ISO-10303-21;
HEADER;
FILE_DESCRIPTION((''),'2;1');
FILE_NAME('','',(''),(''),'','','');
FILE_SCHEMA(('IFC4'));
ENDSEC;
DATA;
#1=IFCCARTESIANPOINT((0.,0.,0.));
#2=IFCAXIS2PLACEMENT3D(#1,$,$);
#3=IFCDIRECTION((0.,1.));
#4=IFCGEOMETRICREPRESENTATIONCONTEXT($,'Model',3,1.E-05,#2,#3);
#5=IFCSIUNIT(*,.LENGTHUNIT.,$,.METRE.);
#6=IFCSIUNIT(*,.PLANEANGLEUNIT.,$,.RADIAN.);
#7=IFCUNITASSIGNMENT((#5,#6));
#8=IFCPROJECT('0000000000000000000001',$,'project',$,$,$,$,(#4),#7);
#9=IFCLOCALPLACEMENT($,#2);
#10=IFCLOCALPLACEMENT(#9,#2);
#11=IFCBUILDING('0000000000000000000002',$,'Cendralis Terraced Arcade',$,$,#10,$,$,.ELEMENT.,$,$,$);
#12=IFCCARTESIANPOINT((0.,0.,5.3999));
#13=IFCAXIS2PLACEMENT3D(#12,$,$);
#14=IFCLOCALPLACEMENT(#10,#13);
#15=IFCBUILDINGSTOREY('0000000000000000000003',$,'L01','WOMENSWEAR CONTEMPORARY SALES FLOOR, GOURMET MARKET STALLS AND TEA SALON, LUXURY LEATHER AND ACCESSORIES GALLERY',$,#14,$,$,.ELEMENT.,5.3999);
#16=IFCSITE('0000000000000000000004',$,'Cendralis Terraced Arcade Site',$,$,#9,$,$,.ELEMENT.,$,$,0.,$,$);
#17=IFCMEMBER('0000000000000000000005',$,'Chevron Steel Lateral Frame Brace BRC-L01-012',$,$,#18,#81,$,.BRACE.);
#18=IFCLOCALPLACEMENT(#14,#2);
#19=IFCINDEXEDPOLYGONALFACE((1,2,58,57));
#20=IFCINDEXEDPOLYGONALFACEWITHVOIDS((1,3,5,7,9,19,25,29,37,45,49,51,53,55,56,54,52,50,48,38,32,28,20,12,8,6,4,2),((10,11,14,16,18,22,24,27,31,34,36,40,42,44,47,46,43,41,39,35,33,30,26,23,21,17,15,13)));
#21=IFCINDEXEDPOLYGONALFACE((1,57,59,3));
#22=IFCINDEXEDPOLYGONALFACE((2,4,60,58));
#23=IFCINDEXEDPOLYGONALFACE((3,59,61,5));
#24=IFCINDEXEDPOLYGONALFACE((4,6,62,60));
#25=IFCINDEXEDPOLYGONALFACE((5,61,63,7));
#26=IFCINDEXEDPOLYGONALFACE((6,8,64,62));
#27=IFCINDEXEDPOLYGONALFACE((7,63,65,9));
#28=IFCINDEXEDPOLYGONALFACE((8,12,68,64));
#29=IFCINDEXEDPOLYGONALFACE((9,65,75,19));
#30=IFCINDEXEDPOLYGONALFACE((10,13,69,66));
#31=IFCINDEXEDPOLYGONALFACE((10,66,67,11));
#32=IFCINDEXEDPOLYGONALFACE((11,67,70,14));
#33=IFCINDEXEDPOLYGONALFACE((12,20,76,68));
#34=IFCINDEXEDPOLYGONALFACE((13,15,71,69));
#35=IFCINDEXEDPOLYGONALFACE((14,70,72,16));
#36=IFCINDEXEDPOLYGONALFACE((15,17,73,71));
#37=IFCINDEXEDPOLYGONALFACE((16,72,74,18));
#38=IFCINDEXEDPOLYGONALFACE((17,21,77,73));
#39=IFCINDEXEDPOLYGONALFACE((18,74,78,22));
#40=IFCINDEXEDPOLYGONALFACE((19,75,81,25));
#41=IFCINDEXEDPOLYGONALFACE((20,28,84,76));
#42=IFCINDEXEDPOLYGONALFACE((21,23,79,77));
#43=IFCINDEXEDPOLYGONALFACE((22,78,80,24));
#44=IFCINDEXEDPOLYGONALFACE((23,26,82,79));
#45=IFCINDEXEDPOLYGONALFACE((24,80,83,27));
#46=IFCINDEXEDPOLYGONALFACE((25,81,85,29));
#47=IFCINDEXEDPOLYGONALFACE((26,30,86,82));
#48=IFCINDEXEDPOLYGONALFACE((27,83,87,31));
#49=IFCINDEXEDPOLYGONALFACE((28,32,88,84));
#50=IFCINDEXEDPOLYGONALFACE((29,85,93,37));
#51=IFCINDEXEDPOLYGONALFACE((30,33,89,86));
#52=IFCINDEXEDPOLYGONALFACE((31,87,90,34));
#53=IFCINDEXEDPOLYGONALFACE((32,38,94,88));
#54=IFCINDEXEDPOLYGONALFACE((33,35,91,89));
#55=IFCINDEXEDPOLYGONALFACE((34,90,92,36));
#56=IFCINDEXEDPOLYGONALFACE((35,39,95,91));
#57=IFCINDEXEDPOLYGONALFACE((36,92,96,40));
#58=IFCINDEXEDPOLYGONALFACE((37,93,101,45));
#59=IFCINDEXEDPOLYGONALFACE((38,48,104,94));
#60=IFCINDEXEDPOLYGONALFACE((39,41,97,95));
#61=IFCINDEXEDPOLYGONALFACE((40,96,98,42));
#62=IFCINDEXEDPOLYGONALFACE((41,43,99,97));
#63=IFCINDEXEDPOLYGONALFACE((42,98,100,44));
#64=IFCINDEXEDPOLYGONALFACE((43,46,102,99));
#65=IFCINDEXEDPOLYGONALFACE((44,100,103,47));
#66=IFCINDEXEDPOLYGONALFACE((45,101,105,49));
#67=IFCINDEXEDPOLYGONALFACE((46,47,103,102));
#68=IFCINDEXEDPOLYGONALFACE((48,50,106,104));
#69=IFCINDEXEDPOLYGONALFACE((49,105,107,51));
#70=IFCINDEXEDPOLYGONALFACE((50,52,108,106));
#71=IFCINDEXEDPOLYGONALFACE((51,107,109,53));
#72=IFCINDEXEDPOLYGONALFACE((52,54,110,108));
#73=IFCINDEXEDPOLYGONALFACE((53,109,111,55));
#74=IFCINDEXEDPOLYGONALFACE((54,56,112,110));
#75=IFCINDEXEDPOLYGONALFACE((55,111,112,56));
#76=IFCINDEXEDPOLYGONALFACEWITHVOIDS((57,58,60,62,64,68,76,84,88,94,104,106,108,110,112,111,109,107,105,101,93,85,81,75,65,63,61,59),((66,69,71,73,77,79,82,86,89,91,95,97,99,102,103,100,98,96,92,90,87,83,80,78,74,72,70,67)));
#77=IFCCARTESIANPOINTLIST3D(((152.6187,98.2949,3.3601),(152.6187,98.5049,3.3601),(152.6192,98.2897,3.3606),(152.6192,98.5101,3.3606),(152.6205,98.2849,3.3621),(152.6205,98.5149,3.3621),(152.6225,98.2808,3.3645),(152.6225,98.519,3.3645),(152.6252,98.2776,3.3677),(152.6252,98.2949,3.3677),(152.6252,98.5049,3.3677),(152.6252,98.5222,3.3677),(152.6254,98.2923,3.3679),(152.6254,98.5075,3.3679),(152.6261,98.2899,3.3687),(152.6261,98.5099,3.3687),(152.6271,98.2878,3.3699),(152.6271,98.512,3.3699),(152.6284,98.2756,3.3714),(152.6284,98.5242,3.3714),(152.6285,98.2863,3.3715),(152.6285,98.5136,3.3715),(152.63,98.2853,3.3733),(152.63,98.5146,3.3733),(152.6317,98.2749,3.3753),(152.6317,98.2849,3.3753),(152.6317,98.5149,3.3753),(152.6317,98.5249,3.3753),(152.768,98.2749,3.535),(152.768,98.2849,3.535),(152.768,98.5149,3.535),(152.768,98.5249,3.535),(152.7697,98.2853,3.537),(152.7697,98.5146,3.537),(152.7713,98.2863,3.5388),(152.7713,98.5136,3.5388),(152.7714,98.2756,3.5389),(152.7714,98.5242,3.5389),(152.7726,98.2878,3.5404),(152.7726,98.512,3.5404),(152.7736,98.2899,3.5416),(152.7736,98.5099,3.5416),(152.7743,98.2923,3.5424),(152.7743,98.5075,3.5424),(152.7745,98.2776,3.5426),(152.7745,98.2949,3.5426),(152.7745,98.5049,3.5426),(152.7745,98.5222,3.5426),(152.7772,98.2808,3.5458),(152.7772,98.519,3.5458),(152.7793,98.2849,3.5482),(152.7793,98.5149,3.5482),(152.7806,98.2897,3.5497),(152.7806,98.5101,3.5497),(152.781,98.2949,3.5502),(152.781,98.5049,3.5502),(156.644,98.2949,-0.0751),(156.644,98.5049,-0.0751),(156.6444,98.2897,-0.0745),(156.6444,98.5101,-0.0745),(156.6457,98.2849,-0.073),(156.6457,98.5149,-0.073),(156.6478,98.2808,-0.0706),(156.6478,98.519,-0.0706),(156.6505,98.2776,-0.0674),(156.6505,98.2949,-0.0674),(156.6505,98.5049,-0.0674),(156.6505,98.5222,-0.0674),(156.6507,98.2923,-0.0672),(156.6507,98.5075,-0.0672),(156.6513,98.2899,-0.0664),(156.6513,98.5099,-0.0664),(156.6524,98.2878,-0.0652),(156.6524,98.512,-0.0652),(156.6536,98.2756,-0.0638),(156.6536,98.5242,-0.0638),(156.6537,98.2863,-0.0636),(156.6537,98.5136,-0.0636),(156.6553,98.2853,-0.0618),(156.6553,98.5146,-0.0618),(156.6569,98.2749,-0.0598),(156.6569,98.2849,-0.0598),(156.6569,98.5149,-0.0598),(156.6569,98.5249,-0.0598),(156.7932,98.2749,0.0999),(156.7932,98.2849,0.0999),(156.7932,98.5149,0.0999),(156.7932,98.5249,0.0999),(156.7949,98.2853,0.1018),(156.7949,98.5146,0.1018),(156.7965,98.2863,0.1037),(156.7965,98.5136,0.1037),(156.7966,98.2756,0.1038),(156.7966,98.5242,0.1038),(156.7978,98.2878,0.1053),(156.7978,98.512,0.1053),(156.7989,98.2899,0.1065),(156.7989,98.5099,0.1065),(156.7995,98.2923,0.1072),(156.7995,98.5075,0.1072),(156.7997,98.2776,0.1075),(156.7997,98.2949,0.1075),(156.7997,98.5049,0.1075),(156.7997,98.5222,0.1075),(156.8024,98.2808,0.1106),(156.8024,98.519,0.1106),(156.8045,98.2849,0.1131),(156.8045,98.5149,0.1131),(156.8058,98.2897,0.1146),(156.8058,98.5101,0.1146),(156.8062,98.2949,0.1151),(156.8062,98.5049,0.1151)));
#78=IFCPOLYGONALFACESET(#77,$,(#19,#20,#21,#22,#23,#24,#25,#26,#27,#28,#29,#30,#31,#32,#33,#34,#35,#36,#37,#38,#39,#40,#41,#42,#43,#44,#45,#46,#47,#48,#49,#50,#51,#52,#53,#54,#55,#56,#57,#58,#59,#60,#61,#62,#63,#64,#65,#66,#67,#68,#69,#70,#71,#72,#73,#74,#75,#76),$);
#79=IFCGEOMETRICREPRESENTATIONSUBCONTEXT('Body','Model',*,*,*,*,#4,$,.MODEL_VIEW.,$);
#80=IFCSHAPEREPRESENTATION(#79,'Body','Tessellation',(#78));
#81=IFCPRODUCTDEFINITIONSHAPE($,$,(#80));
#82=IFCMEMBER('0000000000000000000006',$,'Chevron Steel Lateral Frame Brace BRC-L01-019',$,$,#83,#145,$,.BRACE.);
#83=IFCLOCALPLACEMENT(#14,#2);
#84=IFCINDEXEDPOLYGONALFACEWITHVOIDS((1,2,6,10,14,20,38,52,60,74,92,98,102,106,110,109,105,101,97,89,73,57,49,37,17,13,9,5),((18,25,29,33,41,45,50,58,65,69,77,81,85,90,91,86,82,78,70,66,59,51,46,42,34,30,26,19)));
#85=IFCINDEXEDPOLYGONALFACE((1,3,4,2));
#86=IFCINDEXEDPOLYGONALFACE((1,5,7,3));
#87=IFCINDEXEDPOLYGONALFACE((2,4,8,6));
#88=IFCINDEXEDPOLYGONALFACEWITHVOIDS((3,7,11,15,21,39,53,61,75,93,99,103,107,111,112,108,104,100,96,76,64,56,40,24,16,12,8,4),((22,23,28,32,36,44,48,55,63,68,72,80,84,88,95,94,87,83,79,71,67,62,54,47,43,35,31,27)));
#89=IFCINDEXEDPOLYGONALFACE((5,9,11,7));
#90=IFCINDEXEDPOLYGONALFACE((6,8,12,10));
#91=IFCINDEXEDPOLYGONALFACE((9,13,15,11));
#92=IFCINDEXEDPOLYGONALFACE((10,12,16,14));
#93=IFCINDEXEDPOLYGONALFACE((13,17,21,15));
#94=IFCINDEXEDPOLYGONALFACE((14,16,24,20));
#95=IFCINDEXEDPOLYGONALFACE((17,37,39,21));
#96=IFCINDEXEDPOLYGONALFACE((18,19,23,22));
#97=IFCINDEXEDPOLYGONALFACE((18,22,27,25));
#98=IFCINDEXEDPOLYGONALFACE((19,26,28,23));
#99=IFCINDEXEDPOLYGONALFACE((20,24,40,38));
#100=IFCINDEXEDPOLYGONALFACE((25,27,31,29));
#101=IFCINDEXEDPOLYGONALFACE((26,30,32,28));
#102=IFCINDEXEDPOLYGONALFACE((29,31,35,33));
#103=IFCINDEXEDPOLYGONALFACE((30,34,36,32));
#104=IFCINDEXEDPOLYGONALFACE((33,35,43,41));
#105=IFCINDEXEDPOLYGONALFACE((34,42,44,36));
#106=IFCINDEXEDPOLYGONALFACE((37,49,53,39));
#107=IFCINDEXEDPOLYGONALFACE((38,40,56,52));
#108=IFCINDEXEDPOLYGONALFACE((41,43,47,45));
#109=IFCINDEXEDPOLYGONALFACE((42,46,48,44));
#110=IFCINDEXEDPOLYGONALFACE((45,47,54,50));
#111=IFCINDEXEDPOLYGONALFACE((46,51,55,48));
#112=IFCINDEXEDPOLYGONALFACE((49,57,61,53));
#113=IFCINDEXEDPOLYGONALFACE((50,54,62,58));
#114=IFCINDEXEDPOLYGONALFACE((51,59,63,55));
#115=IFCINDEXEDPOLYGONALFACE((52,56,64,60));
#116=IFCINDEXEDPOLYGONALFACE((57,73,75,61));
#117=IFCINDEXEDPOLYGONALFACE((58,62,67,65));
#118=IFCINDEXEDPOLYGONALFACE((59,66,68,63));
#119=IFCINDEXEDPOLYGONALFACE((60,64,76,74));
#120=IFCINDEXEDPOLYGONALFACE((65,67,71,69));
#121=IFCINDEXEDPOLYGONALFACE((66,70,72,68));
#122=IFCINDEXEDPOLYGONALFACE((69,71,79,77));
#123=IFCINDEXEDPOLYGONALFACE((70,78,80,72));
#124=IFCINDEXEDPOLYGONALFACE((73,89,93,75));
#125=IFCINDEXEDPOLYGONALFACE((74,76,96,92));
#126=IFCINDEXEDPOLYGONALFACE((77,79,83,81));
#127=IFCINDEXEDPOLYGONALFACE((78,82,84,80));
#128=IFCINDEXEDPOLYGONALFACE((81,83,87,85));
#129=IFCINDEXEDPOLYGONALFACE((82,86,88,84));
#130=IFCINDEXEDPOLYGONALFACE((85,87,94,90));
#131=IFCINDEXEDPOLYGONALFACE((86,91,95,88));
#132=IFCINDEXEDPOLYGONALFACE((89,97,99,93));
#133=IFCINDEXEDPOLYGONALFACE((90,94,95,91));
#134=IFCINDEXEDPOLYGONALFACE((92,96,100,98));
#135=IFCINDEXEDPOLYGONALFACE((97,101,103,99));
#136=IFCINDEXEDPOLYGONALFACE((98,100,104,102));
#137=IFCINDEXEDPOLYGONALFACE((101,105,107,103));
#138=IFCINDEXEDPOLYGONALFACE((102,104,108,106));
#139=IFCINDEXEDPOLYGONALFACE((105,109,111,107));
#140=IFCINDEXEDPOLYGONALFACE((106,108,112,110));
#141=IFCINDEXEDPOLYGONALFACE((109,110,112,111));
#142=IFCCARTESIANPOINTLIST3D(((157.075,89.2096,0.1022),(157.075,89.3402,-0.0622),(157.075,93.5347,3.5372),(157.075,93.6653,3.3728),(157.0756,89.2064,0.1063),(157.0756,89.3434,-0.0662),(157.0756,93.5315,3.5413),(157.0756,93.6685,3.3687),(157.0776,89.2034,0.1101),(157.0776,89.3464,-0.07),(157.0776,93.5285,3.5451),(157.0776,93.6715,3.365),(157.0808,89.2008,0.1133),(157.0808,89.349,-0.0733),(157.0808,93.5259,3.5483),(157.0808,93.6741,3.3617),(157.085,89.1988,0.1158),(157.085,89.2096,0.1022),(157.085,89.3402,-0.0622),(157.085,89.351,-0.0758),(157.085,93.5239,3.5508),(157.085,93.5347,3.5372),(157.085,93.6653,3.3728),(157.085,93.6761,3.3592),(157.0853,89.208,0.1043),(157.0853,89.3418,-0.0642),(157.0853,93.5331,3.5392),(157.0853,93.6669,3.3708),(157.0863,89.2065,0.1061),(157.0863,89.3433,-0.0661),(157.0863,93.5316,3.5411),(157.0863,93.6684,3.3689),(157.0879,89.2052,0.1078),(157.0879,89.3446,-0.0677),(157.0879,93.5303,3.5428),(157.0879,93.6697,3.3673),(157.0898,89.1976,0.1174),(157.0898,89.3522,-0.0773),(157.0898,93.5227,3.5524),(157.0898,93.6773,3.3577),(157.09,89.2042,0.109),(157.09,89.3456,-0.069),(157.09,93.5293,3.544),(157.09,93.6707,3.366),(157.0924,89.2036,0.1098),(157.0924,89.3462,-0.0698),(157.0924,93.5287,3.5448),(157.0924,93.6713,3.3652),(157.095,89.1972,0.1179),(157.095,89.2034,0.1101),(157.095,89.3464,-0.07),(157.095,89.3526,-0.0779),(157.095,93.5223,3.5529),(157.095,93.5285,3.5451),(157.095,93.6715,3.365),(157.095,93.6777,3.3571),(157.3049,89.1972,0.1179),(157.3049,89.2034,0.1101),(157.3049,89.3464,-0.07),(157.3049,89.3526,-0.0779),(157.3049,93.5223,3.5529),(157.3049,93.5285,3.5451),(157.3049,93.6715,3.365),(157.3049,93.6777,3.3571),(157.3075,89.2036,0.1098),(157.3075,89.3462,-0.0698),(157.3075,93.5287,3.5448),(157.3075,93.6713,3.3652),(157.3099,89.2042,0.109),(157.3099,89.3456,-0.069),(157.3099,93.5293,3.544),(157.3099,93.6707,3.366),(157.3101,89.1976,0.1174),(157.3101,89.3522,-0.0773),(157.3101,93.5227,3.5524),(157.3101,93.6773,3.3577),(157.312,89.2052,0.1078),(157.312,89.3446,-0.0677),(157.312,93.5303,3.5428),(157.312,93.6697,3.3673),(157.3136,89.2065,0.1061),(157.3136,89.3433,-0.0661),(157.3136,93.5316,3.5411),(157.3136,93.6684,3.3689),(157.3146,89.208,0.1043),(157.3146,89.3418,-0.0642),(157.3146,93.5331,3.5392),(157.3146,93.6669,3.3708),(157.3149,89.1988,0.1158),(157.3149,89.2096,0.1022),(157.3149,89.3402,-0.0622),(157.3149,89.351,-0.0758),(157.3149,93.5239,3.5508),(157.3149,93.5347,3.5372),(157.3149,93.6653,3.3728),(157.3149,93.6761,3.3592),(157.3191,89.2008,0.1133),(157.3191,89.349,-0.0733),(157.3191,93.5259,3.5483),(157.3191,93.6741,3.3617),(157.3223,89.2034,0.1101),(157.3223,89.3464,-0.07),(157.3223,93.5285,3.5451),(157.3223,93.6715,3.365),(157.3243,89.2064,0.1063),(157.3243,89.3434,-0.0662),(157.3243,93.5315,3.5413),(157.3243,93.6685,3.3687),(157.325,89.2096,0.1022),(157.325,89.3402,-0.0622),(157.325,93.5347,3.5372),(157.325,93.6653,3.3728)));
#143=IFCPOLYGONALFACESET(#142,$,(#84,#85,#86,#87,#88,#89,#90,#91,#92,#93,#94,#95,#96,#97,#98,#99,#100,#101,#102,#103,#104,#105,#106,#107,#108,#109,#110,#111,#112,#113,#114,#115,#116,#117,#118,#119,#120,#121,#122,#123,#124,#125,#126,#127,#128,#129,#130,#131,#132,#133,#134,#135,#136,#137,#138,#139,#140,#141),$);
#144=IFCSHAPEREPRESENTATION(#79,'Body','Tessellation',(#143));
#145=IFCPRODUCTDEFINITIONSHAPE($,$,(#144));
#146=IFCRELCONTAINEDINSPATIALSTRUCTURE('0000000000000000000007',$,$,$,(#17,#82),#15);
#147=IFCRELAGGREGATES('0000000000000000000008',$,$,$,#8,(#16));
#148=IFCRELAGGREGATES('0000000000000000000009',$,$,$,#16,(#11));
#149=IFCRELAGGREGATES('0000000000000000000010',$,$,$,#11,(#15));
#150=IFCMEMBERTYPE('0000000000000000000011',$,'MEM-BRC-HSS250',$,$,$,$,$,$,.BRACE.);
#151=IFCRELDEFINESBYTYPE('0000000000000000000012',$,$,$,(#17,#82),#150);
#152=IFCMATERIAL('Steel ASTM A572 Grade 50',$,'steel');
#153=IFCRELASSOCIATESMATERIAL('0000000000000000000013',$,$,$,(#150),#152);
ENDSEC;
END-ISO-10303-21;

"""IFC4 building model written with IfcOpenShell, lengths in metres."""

from ifc_helpers import new_model, si_unit, direction, frame, origin, origin_2d, place, context, subcontext, project, spatial, hollow_rectangle, extrude, material, material_profile, profile_set, type_object, element, save


model = new_model("IFC4")

# Units and contexts
model_context = context("Model", 3, precision=1e-05, world=origin(), true_north=direction((0.0, 1.0)))
body_context = subcontext(model_context, "Body", "Model", "MODEL_VIEW")
ifc_project = project(units=[si_unit("LENGTHUNIT", "METRE"), si_unit("PLANEANGLEUNIT", "RADIAN")], contexts=[model_context])

# Site, building, storey
site_placement = place(None, origin())
site = spatial("IfcSite", under=ifc_project, at=site_placement, Name="Cendralis Terraced Arcade Site", CompositionType="ELEMENT", RefElevation=0.0)
building_placement = place(site_placement, origin())
building = spatial("IfcBuilding", under=site, at=building_placement, Name="Cendralis Terraced Arcade", CompositionType="ELEMENT")
storey_placement = place(building_placement, frame((0.0, 0.0, 5.3999)))
storey = spatial("IfcBuildingStorey", under=building, at=storey_placement, Name="L01", Description="WOMENSWEAR CONTEMPORARY SALES FLOOR, GOURMET MARKET STALLS AND TEA SALON, LUXURY LEATHER AND ACCESSORIES GALLERY", CompositionType="ELEMENT", Elevation=5.3999)

# Members
ifc_material_1 = material(Name="Steel ASTM A572 Grade 50", Category="steel")
ifc_material_profile_1 = material_profile(ifc_material_1, hollow_rectangle(XDim=0.25, YDim=0.25, WallThickness=0.01, InnerFilletRadius=0.01, OuterFilletRadius=0.02, at=origin_2d()), Name="HSS250X250X10", Category="LoadBearing")
ifc_profile_set_1 = profile_set([ifc_material_profile_1], Name="Steel ASTM A572 Grade 50")
member_type_1 = type_object("IfcMemberType", Name="MEM-BRC-HSS250", PredefinedType="BRACE", material=ifc_profile_set_1)
member_1_placement = place(storey_placement, frame((156.7251, 98.3999, 0.02), z_axis=(-0.760662, 0.0, 0.649148), x_axis=(0.0, -1.0, 0.0)))
element("IfcMember", 1, at=member_1_placement, inside=storey, type_object=member_type_1, Name="Chevron Steel Lateral Frame Brace BRC-L01-012", PredefinedType="BRACE", context=body_context, shape_type="SweptSolid", body=[
    extrude(hollow_rectangle(XDim=0.25, YDim=0.25, WallThickness=0.01, InnerFilletRadius=0.01, OuterFilletRadius=0.02, at=origin_2d()), origin(), (0.0, 0.0, 1.0), 5.2917),
])
for number, where, z_axis, x_axis, name in (
    (2, (157.2, 89.2749, 0.02), (0.0, 0.78308, 0.62192), (-1.0, 0.0, 0.0), "Chevron Steel Lateral Frame Brace BRC-L01-019"),
):
    element("IfcMember", number, at=place(storey_placement, frame(where, z_axis=z_axis, x_axis=x_axis)), inside=storey, type_object=member_type_1, Name=name, PredefinedType="BRACE", context=body_context, shape_type="SweptSolid", body=[
        extrude(hollow_rectangle(XDim=0.25, YDim=0.25, WallThickness=0.01, InnerFilletRadius=0.01, OuterFilletRadius=0.02, at=origin_2d()), origin(), (0.0, 0.0, 1.0), 5.5232),
    ])

save(model, "model.ifc")
